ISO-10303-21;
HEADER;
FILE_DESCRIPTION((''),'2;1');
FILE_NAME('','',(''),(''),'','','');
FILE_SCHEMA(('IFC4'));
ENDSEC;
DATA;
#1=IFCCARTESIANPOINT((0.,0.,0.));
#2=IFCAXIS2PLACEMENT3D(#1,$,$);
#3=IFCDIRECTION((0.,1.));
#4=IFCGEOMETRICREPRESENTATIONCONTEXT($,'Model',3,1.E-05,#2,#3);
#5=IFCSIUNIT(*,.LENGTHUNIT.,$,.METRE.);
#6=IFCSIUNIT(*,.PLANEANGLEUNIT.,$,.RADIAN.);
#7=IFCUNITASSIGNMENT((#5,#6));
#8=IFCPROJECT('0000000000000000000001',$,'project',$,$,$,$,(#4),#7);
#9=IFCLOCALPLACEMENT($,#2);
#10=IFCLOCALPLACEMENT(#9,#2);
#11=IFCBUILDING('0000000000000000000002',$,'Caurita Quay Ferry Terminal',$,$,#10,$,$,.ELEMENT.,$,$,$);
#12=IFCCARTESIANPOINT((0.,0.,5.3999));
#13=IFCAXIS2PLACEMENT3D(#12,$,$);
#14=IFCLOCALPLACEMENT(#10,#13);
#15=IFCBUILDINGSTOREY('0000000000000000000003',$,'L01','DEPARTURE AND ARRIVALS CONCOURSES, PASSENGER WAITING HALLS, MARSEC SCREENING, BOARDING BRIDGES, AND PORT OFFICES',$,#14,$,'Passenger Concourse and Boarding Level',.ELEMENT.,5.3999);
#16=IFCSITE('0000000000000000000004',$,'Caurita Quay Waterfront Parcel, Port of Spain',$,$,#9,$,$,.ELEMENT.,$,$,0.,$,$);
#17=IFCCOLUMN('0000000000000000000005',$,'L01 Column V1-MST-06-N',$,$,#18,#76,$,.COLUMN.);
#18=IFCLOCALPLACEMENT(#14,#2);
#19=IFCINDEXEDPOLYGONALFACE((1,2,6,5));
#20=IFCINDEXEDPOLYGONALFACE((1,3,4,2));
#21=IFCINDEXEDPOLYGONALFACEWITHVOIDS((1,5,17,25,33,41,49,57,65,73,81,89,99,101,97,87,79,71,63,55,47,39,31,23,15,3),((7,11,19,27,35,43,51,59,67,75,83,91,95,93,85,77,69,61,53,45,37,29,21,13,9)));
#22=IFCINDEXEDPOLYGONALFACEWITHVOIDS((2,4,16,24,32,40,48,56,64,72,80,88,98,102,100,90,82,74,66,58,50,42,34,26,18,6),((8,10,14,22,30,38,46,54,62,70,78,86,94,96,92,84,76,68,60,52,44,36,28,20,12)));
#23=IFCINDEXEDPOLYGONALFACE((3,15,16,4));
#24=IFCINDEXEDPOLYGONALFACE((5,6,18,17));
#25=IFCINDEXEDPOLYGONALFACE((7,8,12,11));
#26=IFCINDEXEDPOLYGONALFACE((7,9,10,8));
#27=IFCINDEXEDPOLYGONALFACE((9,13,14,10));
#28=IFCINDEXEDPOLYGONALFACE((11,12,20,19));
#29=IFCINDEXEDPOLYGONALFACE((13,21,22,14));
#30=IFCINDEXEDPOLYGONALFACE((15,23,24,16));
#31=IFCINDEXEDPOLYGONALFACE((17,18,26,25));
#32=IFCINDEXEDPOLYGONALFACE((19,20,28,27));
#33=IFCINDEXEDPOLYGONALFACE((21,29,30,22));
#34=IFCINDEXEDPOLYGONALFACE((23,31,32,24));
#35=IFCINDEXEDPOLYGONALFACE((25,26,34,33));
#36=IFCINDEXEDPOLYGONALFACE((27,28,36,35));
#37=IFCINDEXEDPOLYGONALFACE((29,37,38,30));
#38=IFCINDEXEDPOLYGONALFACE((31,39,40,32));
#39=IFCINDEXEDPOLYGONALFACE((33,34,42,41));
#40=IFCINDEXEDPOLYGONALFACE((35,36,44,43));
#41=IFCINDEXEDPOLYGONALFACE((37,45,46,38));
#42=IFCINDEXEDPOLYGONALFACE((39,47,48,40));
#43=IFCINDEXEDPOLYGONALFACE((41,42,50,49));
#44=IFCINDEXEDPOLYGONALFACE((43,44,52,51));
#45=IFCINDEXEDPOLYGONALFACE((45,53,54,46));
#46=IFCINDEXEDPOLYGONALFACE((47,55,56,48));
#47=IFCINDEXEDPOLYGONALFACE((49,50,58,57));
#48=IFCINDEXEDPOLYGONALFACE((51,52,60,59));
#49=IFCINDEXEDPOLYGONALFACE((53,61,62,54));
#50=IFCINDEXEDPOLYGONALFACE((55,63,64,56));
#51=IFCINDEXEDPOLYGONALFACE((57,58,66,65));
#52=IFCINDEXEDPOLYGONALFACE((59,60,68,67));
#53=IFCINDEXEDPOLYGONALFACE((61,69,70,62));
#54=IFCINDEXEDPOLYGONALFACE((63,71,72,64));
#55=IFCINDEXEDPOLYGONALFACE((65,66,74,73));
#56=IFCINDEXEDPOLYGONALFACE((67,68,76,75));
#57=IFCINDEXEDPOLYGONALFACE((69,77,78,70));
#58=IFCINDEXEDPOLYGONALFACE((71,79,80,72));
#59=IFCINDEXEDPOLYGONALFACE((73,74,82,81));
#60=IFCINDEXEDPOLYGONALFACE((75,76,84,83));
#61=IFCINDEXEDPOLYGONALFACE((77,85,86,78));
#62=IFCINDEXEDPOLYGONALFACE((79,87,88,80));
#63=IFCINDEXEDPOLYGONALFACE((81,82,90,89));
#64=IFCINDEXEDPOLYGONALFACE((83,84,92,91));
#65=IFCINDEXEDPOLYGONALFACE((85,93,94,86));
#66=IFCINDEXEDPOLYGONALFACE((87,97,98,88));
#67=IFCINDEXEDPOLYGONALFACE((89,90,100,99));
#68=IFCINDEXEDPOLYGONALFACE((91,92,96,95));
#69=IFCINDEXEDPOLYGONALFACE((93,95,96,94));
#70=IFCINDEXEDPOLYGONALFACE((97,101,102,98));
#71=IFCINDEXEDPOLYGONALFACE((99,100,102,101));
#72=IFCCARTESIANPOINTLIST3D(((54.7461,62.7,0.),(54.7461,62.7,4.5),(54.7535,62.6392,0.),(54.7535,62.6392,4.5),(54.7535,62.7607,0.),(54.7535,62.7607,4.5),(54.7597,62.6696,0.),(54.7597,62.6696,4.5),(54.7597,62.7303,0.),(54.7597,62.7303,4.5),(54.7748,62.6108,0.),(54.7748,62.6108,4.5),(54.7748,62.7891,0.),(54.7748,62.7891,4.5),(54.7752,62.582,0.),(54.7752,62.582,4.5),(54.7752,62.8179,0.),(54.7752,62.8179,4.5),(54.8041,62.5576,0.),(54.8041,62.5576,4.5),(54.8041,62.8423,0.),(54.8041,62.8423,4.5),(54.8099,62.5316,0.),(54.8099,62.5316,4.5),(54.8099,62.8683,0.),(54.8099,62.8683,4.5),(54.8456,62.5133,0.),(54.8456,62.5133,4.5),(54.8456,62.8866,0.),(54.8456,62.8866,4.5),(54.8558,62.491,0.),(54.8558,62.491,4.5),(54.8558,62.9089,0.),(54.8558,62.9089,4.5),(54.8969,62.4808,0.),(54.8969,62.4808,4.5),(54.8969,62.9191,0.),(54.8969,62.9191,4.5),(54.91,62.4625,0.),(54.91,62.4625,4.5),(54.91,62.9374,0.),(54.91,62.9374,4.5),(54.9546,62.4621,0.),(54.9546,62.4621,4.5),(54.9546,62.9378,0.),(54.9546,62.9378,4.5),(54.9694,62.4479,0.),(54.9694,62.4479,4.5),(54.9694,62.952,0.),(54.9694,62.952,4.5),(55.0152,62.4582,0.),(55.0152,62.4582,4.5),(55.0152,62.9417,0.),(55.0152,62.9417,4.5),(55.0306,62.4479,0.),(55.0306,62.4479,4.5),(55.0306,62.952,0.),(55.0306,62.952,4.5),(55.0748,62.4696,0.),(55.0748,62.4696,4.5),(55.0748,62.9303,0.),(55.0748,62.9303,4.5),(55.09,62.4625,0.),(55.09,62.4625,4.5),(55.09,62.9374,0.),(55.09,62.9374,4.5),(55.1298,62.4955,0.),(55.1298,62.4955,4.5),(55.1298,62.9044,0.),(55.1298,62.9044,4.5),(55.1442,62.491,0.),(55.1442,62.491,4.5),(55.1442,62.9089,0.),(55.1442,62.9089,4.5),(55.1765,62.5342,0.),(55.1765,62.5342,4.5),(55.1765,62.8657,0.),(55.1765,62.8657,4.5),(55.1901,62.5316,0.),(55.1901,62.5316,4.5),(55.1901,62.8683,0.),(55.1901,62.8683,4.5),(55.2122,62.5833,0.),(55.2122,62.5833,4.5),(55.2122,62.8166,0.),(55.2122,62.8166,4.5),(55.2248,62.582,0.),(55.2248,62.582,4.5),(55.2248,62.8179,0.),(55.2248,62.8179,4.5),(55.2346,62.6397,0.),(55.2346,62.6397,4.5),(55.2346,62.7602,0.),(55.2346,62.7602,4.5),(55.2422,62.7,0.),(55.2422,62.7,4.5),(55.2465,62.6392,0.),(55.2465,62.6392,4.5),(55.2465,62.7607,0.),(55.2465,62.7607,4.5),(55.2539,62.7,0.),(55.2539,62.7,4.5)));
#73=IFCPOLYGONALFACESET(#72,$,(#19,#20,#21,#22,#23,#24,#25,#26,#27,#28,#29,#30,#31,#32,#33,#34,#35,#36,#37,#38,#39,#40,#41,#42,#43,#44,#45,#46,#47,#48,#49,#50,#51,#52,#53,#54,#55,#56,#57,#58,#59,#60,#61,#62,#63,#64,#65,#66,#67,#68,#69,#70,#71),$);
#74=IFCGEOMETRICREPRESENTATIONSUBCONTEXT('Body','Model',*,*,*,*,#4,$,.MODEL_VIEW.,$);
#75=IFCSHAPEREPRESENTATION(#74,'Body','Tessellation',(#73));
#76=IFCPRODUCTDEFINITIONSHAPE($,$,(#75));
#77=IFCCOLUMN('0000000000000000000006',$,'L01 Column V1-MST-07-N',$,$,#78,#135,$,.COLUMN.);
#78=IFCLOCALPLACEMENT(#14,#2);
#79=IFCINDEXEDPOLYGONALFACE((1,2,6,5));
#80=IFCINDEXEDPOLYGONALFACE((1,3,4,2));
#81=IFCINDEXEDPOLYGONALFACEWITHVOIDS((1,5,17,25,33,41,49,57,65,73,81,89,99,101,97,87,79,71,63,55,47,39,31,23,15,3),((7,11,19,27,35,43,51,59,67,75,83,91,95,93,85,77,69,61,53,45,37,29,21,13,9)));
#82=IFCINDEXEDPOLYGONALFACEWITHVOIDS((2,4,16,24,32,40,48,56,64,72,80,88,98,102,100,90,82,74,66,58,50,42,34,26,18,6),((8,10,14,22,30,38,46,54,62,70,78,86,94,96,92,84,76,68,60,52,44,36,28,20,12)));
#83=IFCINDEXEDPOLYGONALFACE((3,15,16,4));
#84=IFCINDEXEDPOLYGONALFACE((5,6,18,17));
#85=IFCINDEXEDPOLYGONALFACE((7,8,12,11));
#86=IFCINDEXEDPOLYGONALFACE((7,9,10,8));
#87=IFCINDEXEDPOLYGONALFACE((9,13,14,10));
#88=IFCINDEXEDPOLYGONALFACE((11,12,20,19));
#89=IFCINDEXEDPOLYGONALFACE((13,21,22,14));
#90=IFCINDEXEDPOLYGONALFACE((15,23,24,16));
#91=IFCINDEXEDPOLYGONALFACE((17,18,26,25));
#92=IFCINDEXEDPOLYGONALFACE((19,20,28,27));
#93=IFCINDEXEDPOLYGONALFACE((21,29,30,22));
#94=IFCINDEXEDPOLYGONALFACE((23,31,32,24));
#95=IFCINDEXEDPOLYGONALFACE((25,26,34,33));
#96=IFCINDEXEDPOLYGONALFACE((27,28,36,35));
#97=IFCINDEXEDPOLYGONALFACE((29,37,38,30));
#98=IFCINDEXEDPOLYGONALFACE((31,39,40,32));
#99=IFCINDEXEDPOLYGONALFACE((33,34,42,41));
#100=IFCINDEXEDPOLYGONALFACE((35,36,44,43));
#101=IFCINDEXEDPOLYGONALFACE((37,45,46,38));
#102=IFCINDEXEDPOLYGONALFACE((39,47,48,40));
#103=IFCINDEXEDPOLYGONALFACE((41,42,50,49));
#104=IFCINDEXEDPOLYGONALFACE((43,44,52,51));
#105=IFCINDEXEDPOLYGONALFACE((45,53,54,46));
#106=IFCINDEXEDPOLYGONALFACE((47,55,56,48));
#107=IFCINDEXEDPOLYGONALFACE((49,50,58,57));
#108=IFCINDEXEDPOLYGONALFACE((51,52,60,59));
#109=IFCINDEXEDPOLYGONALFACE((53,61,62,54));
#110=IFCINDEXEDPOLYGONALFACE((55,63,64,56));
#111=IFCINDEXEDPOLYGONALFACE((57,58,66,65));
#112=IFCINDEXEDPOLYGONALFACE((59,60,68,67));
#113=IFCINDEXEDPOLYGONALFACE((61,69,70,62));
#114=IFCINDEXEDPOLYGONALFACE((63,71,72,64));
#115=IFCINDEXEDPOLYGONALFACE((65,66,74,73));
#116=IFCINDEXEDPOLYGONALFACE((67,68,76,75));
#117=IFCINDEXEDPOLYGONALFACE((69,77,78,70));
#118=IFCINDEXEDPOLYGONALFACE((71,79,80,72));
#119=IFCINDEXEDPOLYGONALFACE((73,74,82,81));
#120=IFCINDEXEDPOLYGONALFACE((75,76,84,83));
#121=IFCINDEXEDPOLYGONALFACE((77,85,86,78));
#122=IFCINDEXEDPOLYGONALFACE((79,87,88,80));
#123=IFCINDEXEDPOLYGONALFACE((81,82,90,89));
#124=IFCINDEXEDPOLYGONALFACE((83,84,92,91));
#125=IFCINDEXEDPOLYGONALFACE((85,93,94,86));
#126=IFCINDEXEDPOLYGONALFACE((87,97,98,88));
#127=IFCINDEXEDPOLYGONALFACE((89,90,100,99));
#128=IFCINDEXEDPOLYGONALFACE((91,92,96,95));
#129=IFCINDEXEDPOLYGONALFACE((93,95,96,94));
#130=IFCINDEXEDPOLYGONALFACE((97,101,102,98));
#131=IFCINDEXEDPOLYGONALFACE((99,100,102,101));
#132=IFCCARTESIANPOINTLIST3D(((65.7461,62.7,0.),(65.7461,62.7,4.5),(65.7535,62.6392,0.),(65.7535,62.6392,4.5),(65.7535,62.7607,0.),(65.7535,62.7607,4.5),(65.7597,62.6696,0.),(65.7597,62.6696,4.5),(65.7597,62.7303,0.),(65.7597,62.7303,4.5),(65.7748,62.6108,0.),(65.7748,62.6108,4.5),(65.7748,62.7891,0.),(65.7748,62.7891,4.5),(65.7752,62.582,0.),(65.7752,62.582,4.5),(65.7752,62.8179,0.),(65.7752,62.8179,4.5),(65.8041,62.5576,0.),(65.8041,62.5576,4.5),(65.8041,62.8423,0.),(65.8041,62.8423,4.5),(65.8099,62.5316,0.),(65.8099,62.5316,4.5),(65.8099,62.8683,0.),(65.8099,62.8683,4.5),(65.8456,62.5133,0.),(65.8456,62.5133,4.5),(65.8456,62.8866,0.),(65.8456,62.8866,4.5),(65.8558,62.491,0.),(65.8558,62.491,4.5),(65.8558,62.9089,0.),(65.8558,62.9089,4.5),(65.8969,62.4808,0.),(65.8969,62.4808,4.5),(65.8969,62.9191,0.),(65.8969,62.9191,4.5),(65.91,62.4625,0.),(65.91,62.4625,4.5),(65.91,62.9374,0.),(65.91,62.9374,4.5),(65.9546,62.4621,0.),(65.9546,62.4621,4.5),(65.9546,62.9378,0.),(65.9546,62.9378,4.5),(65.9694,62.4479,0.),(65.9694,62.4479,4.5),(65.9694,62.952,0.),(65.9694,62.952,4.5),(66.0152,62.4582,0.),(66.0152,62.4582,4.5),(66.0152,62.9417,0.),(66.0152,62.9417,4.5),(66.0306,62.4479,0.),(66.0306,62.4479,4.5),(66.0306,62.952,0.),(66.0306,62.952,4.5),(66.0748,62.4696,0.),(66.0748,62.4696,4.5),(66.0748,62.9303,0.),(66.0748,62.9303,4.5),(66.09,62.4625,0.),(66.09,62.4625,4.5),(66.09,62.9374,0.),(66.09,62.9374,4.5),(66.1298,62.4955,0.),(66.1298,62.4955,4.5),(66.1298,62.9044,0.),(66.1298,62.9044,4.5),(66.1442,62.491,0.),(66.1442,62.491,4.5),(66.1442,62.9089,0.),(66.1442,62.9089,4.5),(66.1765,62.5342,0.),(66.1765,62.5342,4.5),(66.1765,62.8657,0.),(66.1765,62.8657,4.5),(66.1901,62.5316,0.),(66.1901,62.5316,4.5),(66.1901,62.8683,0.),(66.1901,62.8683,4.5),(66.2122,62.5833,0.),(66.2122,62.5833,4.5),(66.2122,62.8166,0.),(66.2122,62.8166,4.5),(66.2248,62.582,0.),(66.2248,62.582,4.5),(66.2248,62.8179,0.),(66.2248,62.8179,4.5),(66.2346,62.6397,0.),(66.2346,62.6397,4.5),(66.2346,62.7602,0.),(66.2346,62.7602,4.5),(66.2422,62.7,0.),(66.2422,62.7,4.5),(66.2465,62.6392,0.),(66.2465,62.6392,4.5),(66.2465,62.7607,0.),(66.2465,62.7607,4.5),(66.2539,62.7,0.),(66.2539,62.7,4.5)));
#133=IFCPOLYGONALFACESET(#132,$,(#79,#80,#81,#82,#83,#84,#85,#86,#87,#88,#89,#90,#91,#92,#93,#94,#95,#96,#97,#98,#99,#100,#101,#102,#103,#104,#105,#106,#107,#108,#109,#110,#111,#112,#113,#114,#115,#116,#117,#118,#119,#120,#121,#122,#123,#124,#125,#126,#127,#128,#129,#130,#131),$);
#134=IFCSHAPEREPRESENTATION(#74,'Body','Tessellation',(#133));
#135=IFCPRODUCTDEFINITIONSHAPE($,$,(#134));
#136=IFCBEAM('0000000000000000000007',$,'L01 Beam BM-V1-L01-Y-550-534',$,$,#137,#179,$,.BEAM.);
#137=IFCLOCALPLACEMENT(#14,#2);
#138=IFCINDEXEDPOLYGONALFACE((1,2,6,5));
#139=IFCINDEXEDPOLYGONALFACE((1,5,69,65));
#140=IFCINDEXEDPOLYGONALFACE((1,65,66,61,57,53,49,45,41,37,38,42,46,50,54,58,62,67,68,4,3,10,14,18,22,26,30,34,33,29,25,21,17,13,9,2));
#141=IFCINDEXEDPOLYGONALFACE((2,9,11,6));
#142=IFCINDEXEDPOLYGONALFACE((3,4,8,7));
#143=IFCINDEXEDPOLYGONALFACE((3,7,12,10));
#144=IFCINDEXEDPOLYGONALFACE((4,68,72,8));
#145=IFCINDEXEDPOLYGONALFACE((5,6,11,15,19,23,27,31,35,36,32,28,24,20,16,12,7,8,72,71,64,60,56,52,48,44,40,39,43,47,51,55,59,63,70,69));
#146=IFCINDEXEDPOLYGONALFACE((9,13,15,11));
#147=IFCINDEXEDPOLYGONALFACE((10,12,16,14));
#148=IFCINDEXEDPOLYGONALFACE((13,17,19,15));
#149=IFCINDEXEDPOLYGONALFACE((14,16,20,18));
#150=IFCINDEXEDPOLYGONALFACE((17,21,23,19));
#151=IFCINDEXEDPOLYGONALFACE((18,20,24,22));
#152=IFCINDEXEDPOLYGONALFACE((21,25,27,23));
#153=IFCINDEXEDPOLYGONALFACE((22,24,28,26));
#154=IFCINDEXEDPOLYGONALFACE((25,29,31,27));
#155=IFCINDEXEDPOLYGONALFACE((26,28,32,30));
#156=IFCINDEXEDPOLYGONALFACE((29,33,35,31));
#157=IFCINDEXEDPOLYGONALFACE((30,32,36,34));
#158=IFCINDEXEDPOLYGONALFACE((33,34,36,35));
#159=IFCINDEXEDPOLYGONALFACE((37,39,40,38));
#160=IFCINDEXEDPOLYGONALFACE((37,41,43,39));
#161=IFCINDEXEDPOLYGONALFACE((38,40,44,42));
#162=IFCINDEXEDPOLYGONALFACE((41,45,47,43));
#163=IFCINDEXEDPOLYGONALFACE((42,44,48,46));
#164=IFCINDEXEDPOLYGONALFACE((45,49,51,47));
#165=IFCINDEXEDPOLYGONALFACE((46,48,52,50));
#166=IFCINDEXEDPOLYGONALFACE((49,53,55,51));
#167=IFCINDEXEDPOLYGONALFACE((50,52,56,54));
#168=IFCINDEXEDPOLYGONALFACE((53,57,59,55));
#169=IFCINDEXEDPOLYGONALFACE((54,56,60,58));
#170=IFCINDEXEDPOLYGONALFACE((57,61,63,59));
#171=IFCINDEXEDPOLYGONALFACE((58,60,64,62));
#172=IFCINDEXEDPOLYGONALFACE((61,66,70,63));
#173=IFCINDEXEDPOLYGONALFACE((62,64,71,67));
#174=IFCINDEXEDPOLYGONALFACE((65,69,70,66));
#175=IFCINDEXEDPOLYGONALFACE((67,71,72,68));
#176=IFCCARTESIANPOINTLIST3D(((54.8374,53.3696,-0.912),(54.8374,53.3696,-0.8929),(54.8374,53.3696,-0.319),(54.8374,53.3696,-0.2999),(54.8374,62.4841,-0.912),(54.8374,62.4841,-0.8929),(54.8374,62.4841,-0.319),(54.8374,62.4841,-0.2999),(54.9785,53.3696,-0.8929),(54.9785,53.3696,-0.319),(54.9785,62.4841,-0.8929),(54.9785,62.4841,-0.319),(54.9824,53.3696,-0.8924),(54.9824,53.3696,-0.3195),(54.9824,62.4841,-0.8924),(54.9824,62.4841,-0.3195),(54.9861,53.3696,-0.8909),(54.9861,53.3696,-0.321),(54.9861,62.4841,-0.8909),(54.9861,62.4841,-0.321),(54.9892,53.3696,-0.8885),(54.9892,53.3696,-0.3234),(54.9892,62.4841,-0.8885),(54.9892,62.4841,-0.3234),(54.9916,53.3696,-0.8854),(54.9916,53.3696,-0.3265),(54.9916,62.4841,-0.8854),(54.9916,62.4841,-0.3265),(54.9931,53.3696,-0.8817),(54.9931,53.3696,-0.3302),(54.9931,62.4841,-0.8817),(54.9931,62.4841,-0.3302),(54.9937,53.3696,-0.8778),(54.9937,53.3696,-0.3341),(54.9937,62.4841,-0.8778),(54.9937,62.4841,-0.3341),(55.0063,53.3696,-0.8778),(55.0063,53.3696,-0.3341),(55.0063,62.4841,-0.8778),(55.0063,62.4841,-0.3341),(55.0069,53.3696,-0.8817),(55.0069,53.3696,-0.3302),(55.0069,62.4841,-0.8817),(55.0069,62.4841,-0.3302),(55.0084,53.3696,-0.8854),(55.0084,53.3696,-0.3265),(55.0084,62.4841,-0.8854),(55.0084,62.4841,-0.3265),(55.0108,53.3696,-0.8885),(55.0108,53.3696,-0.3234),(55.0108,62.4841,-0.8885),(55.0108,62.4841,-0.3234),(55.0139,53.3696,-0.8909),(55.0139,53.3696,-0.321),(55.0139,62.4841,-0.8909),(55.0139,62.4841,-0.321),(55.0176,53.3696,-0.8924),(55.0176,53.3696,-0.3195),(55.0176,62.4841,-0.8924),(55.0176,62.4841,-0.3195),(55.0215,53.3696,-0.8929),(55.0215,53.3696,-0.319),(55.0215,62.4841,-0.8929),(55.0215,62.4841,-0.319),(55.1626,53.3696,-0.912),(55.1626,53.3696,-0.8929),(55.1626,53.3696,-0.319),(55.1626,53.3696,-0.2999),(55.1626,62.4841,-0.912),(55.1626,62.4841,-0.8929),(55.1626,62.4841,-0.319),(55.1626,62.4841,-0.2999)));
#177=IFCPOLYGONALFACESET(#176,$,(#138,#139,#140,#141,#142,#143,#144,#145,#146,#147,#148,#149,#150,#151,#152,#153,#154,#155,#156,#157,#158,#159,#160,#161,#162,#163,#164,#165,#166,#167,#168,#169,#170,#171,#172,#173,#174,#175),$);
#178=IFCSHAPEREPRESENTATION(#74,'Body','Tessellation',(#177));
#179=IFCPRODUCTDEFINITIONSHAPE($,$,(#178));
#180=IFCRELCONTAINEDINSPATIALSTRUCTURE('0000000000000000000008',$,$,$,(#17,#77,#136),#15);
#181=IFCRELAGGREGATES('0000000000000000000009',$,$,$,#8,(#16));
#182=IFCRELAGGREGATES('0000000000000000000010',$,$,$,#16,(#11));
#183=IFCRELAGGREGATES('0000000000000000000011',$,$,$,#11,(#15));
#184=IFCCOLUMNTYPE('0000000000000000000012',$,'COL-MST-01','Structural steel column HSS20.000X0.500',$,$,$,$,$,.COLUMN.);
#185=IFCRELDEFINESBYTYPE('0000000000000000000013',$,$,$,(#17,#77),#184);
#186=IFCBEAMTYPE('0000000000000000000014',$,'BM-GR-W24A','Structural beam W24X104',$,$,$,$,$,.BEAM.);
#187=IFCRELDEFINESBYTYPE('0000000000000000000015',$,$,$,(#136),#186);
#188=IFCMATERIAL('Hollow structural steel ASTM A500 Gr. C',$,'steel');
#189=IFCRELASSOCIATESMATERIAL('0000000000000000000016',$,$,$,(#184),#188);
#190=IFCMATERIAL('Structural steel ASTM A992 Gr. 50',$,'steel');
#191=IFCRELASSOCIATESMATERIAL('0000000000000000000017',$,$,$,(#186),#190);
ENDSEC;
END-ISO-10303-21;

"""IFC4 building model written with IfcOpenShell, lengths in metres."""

from ifc_helpers import new_model, si_unit, direction, frame, origin, origin_2d, place, context, subcontext, project, spatial, hollow_circle, i_section, extrude, material, material_profile, profile_set, type_object, element, save


model = new_model("IFC4")

# Units and contexts
model_context = context("Model", 3, precision=1e-05, world=origin(), true_north=direction((0.0, 1.0)))
body_context = subcontext(model_context, "Body", "Model", "MODEL_VIEW")
ifc_project = project(units=[si_unit("LENGTHUNIT", "METRE"), si_unit("PLANEANGLEUNIT", "RADIAN")], contexts=[model_context])

# Site, building, storey
site_placement = place(None, origin())
site = spatial("IfcSite", under=ifc_project, at=site_placement, Name="Caurita Quay Waterfront Parcel, Port of Spain", CompositionType="ELEMENT", RefElevation=0.0)
building_placement = place(site_placement, origin())
building = spatial("IfcBuilding", under=site, at=building_placement, Name="Caurita Quay Ferry Terminal", CompositionType="ELEMENT")
storey_placement = place(building_placement, frame((0.0, 0.0, 5.3999)))
storey = spatial("IfcBuildingStorey", under=building, at=storey_placement, Name="L01", Description="DEPARTURE AND ARRIVALS CONCOURSES, PASSENGER WAITING HALLS, MARSEC SCREENING, BOARDING BRIDGES, AND PORT OFFICES", LongName="Passenger Concourse and Boarding Level", CompositionType="ELEMENT", Elevation=5.3999)

# Columns
ifc_material_1 = material(Name="Hollow structural steel ASTM A500 Gr. C", Category="steel")
ifc_material_profile_1 = material_profile(ifc_material_1, hollow_circle(Radius=0.2539, WallThickness=0.0117, at=origin_2d()), Name="HSS20.000X0.500")
ifc_profile_set_1 = profile_set([ifc_material_profile_1], Name="Hollow structural steel ASTM A500 Gr. C")
column_type = type_object("IfcColumnType", Name="COL-MST-01", Description="Structural steel column HSS20.000X0.500", PredefinedType="COLUMN", material=ifc_profile_set_1)
for number, where, z_axis, x_axis, name in (
    (1, (55.0, 62.7, 0.0), (0.0, 0.0, 1.0), (1.0, 0.0, 0.0), "L01 Column V1-MST-06-N"),
    (2, (66.0, 62.7, 0.0), (0.0, 0.0, 1.0), (1.0, 0.0, 0.0), "L01 Column V1-MST-07-N"),
):
    element("IfcColumn", number, at=place(storey_placement, frame(where, z_axis=z_axis, x_axis=x_axis)), inside=storey, type_object=column_type, Name=name, PredefinedType="COLUMN", context=body_context, shape_type="SweptSolid", body=[
        extrude(hollow_circle(Radius=0.2539, WallThickness=0.0117, at=origin_2d()), origin(), (0.0, 0.0, 1.0), 4.5),
    ])

# Beam
ifc_material_2 = material(Name="Structural steel ASTM A992 Gr. 50", Category="steel")
ifc_material_profile_2 = material_profile(ifc_material_2, i_section(OverallWidth=0.3252, OverallDepth=0.6121, WebThickness=0.0127, FlangeThickness=0.019, FilletRadius=0.0151, at=origin_2d()), Name="W24X104")
ifc_profile_set_2 = profile_set([ifc_material_profile_2], Name="Structural steel ASTM A992 Gr. 50")
beam_type_1 = type_object("IfcBeamType", Name="BM-GR-W24A", Description="Structural beam W24X104", PredefinedType="BEAM", material=ifc_profile_set_2)
beam_1_placement = place(storey_placement, frame((55.0, 53.3696, -0.606), z_axis=(0.0, 1.0, 0.0), x_axis=(-1.0, 0.0, 0.0)))
element("IfcBeam", 3, at=beam_1_placement, inside=storey, type_object=beam_type_1, Name="L01 Beam BM-V1-L01-Y-550-534", PredefinedType="BEAM", context=body_context, shape_type="SweptSolid", body=[
    extrude(i_section(OverallWidth=0.3252, OverallDepth=0.6121, WebThickness=0.0127, FlangeThickness=0.019, FilletRadius=0.0151, at=origin_2d()), origin(), (0.0, 0.0, 1.0), 9.1145),
])

save(model, "model.ifc")
